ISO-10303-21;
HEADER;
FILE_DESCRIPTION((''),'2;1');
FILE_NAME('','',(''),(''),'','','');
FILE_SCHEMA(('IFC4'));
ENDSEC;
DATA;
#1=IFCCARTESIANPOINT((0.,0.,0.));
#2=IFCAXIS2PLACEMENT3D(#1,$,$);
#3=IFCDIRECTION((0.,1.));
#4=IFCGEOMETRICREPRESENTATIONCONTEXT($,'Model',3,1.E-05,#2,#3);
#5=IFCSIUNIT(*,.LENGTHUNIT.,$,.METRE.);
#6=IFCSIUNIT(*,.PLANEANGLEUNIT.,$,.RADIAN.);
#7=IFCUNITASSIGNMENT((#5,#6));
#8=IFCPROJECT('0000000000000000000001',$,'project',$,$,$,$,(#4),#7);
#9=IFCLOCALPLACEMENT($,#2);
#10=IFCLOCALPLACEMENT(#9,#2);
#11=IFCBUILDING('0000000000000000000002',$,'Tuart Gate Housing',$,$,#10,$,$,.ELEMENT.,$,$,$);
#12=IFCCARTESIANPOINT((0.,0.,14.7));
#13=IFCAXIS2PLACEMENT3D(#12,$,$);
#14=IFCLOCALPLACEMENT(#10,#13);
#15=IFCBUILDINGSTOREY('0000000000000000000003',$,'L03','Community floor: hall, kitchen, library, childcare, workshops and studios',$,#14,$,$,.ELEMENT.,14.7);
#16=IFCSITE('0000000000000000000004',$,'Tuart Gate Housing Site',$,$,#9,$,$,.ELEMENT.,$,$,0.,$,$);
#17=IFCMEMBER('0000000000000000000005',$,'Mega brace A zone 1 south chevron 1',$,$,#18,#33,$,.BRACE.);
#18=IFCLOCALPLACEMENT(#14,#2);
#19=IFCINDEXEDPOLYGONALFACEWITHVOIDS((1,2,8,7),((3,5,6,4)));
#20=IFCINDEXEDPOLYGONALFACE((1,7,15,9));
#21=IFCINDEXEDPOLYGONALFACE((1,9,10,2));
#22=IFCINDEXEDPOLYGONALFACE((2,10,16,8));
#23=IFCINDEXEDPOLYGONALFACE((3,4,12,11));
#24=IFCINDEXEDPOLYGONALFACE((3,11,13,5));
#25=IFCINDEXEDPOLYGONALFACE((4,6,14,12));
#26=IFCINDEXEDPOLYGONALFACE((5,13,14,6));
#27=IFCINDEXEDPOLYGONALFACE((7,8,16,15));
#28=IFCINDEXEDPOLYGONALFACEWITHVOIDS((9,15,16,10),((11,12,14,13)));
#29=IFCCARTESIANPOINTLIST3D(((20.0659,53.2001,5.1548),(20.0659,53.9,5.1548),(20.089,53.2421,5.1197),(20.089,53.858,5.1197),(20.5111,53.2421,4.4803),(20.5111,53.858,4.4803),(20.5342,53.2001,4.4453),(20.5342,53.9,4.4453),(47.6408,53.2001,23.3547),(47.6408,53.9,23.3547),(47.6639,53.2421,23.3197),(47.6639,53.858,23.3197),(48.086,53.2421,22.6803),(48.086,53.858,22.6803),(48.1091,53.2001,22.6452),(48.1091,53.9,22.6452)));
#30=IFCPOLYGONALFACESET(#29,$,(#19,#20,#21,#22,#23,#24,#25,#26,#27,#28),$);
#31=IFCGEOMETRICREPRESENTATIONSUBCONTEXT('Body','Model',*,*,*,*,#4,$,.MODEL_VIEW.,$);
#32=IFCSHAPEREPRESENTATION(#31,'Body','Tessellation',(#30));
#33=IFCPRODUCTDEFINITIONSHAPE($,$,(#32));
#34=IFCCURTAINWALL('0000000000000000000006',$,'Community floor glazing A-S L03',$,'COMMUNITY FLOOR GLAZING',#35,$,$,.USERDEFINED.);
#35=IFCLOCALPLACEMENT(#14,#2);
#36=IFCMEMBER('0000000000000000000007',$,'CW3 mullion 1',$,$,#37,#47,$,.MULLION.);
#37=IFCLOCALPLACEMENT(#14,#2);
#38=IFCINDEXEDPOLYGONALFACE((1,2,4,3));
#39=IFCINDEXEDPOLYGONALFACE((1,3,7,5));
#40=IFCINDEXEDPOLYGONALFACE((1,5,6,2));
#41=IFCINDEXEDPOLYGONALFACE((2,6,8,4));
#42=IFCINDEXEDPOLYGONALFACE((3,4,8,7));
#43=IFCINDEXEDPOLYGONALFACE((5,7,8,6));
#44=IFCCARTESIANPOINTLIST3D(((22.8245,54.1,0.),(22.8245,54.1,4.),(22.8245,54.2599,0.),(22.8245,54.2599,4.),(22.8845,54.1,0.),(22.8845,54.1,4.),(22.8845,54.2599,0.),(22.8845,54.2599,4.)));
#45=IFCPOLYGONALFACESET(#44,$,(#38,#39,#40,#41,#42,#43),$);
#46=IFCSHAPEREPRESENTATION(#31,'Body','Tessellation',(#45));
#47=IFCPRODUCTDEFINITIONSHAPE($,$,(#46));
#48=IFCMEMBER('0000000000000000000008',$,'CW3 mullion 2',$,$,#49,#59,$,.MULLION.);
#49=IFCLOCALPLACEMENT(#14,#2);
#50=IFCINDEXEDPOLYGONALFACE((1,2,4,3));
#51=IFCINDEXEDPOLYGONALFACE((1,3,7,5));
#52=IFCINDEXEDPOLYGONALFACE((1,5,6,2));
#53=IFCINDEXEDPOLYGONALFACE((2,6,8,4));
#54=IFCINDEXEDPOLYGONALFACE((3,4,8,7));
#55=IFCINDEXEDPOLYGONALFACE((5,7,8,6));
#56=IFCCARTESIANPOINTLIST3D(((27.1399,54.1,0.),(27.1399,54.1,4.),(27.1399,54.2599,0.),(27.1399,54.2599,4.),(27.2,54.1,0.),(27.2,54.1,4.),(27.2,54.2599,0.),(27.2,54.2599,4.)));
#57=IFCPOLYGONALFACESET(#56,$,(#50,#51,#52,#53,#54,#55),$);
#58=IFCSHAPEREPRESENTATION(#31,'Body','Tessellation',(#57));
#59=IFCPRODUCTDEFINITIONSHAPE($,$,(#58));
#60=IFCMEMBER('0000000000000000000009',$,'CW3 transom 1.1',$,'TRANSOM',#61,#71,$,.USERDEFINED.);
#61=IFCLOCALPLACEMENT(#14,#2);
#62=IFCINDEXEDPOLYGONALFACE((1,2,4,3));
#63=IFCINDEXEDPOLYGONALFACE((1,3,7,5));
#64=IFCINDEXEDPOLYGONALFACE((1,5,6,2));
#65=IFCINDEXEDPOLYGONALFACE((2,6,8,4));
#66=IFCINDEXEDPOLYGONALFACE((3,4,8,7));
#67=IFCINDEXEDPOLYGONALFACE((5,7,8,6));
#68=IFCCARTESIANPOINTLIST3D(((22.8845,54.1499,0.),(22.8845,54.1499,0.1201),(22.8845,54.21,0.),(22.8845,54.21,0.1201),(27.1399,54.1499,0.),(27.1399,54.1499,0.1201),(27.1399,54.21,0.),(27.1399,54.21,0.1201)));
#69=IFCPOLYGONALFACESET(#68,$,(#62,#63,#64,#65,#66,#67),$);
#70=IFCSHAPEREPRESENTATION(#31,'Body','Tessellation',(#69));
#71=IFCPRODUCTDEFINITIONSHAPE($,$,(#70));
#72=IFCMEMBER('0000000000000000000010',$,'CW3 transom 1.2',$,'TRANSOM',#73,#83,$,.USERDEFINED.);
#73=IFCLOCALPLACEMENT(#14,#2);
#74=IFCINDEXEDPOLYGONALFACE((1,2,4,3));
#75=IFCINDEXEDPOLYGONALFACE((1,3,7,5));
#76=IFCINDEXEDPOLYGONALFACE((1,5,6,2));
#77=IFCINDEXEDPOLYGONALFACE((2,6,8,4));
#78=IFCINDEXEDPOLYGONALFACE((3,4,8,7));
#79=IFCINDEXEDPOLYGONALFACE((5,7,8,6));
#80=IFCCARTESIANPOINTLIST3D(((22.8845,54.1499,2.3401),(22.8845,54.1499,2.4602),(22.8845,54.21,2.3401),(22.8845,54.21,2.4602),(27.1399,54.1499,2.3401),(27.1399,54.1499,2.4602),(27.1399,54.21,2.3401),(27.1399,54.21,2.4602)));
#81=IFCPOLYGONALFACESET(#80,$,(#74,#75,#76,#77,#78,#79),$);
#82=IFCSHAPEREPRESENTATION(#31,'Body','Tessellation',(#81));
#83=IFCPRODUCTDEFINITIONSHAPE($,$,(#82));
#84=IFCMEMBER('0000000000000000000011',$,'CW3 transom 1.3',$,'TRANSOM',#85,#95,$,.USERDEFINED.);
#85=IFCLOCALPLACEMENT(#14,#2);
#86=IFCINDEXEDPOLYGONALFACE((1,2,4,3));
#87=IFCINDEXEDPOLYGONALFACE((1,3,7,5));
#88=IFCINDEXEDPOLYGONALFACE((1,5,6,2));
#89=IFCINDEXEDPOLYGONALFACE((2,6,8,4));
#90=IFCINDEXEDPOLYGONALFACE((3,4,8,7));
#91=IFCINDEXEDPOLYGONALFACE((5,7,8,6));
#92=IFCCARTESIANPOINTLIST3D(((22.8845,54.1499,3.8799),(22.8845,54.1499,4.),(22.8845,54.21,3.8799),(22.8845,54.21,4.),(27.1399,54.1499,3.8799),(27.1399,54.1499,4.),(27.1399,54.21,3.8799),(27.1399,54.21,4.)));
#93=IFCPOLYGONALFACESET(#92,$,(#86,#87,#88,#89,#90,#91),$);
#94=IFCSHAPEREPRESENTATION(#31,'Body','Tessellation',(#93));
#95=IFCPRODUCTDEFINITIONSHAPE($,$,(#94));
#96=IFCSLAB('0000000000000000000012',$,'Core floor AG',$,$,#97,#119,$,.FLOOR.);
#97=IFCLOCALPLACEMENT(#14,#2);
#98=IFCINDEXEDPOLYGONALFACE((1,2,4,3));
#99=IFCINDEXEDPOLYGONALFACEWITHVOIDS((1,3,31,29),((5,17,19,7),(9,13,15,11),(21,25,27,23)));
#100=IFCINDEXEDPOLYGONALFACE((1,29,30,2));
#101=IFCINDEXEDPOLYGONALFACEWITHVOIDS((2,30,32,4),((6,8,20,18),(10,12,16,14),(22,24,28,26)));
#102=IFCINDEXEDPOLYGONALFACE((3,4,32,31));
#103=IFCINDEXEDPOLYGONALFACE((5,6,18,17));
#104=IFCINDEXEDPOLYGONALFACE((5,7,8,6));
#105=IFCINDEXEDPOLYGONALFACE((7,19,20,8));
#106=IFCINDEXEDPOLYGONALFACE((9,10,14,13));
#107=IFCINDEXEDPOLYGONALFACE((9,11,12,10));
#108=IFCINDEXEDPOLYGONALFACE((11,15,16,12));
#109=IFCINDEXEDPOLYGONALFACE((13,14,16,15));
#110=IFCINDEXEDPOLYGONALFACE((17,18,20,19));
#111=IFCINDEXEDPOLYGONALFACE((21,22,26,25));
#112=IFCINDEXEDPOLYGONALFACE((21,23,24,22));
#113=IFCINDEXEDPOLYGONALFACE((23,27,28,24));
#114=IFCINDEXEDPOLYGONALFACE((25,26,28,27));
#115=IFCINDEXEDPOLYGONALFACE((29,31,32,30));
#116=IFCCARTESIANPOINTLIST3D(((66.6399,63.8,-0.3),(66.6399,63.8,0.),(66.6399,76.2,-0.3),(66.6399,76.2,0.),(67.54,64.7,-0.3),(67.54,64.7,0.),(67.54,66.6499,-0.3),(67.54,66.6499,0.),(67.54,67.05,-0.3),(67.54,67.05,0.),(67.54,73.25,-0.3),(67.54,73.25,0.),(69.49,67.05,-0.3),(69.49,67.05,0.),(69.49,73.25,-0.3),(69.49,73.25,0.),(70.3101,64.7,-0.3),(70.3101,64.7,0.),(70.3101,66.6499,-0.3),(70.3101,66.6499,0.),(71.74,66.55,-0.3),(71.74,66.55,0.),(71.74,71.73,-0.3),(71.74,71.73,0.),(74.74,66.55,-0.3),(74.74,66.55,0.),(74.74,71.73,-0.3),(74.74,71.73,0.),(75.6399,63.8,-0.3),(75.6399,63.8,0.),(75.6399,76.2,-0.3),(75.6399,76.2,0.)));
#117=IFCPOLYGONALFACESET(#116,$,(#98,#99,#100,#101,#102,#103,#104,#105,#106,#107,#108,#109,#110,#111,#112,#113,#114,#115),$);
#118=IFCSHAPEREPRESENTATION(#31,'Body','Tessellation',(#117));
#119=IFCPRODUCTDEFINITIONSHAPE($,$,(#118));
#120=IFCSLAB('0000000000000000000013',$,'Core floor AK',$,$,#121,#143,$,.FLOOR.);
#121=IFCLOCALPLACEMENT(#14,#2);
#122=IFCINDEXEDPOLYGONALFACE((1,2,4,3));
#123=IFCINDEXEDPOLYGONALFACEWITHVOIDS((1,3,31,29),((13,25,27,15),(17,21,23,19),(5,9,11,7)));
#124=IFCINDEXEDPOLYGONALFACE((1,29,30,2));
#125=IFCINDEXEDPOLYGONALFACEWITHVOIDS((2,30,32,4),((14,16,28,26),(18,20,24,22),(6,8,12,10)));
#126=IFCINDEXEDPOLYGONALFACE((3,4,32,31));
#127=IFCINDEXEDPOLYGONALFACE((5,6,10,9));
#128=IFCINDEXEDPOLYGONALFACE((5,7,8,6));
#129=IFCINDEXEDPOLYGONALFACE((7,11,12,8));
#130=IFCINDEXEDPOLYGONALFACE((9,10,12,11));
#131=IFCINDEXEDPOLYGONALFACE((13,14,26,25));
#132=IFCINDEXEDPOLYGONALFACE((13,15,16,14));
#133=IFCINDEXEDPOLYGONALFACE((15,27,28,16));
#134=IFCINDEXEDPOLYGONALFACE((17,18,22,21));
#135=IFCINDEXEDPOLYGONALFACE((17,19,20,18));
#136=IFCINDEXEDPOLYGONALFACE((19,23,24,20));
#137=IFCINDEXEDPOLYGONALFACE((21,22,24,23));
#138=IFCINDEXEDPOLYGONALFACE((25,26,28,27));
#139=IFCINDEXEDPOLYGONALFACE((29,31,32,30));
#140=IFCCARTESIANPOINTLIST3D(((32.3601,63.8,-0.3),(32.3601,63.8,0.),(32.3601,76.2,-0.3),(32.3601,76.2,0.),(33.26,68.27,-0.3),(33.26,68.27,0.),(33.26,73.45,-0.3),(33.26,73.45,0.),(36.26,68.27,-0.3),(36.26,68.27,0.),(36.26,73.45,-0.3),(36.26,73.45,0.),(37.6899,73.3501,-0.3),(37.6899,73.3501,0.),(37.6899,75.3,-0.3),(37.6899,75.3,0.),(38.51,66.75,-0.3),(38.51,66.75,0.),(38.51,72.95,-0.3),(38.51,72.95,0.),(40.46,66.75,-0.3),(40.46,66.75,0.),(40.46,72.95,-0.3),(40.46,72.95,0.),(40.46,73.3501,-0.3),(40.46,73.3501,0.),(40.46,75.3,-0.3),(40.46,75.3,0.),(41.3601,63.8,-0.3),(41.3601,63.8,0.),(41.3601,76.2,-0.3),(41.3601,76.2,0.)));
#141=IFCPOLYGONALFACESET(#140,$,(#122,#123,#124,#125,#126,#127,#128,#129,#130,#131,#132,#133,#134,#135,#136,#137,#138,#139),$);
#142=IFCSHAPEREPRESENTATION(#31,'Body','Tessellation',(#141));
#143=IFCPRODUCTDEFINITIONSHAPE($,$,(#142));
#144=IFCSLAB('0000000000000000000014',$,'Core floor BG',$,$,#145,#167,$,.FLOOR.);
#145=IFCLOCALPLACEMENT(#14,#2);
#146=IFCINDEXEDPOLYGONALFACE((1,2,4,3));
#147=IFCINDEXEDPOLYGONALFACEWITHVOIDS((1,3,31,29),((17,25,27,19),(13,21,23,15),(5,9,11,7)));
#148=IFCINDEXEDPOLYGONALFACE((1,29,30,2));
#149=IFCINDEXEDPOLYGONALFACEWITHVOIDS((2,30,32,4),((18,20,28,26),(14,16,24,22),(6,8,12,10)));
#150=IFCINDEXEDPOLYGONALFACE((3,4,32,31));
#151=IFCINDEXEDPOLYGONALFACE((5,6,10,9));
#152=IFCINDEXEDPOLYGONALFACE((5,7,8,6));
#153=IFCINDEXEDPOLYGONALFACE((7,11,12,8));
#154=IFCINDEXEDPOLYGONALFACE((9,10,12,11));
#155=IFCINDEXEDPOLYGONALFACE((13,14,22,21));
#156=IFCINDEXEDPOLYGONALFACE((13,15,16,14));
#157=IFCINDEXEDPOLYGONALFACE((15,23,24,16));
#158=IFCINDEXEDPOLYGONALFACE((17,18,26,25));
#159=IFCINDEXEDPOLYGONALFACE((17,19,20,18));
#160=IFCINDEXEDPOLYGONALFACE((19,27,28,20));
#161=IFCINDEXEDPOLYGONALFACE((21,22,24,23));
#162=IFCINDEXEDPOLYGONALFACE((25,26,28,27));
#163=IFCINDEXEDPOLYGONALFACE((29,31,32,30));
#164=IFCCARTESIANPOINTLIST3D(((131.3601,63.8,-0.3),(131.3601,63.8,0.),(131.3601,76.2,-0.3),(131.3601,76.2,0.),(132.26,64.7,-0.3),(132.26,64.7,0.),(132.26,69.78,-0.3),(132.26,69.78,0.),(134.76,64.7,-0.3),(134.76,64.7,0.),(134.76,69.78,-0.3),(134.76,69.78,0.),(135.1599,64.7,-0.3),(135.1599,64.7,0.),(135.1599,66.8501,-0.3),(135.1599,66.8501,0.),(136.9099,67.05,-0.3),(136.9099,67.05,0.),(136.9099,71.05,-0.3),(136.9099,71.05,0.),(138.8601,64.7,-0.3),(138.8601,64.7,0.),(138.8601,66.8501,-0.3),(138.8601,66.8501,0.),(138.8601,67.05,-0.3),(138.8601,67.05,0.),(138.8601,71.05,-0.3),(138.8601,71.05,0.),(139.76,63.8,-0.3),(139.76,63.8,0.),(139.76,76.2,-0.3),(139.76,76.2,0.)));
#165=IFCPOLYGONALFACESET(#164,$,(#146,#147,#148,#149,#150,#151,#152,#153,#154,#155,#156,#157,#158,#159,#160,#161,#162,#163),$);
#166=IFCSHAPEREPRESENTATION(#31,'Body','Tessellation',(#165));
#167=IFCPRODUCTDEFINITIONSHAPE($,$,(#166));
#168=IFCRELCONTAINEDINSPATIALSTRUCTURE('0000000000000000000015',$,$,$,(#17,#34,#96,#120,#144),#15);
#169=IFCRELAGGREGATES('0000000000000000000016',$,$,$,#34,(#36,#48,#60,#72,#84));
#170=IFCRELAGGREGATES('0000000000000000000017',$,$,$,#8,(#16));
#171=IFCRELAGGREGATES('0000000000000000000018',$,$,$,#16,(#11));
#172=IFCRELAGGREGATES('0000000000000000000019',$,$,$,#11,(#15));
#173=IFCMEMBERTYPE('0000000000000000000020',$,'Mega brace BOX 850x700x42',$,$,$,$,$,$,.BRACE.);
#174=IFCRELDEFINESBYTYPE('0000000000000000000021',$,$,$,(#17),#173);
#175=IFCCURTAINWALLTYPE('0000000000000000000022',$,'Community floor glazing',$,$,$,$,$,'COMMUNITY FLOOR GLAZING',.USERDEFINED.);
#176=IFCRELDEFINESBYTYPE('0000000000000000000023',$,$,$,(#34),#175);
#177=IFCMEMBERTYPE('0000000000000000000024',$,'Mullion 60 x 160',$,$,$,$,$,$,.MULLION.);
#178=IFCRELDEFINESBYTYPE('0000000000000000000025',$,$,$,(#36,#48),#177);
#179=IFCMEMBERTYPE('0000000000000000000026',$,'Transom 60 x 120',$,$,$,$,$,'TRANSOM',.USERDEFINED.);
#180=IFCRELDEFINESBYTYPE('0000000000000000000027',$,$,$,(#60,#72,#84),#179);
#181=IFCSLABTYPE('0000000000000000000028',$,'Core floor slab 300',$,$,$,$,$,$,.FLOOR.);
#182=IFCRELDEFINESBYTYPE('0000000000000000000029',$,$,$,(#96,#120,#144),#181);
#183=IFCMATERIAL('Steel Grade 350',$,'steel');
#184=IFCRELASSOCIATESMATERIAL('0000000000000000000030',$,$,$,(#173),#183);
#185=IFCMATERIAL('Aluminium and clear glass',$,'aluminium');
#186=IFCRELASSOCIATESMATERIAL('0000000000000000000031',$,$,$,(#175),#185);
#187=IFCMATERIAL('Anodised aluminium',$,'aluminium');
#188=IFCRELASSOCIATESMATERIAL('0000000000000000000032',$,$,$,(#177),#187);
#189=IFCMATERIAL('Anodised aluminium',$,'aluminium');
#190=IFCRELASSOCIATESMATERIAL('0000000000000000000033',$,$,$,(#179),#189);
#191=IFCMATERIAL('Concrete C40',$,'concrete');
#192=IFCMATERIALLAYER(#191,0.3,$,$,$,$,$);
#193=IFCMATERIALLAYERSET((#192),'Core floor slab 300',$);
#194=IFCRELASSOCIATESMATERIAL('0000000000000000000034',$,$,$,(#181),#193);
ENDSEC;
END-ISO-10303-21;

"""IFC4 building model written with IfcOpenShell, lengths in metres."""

from ifc_helpers import new_model, si_unit, direction, frame, origin, origin_2d, place, context, subcontext, project, spatial, polyline, rectangle, hollow_rectangle, outline, extrude, material, layer, layer_set, material_profile, profile_set, type_object, element, aggregate, save


model = new_model("IFC4")

# Units and contexts
model_context = context("Model", 3, precision=1e-05, world=origin(), true_north=direction((0.0, 1.0)))
body_context = subcontext(model_context, "Body", "Model", "MODEL_VIEW")
ifc_project = project(units=[si_unit("LENGTHUNIT", "METRE"), si_unit("PLANEANGLEUNIT", "RADIAN")], contexts=[model_context])

# Site, building, storey
site_placement = place(None, origin())
site = spatial("IfcSite", under=ifc_project, at=site_placement, Name="Tuart Gate Housing Site", CompositionType="ELEMENT", RefElevation=0.0)
building_placement = place(site_placement, origin())
building = spatial("IfcBuilding", under=site, at=building_placement, Name="Tuart Gate Housing", CompositionType="ELEMENT")
storey_placement = place(building_placement, frame((0.0, 0.0, 14.7)))
storey = spatial("IfcBuildingStorey", under=building, at=storey_placement, Name="L03", Description="Community floor: hall, kitchen, library, childcare, workshops and studios", CompositionType="ELEMENT", Elevation=14.7)

# Member
ifc_material_1 = material(Name="Steel Grade 350", Category="steel")
ifc_material_profile_1 = material_profile(ifc_material_1, hollow_rectangle(XDim=0.7, YDim=0.8501, WallThickness=0.042, at=origin_2d()), Name="BOX 850x700x42")
ifc_profile_set_1 = profile_set([ifc_material_profile_1], Name="Steel Grade 350")
member_type_1 = type_object("IfcMemberType", Name="Mega brace BOX 850x700x42", PredefinedType="BRACE", material=ifc_profile_set_1)
member_1_placement = place(storey_placement, frame((20.3, 53.55, 4.8), z_axis=(0.834603, 0.0, 0.550852), x_axis=(0.0, 1.0, 0.0)))
element("IfcMember", 1, at=member_1_placement, inside=storey, type_object=member_type_1, Name="Mega brace A zone 1 south chevron 1", PredefinedType="BRACE", context=body_context, shape_type="SweptSolid", body=[
    extrude(hollow_rectangle(XDim=0.7, YDim=0.8501, WallThickness=0.042, at=origin_2d()), origin(), (0.0, 0.0, 1.0), 33.0396),
])

# Curtain wall, members
ifc_material_2 = material(Name="Aluminium and clear glass", Category="aluminium")
curtain_wall_type = type_object("IfcCurtainWallType", Name="Community floor glazing", ElementType="COMMUNITY FLOOR GLAZING", PredefinedType="USERDEFINED", material=ifc_material_2)
curtain_wall_placement = place(storey_placement, origin())
curtain_wall = element("IfcCurtainWall", 2, at=curtain_wall_placement, inside=storey, type_object=curtain_wall_type, Name="Community floor glazing A-S L03", ObjectType="COMMUNITY FLOOR GLAZING", PredefinedType="USERDEFINED")
ifc_material_3 = material(Name="Anodised aluminium", Category="aluminium")
ifc_material_profile_2 = material_profile(ifc_material_3, rectangle(XDim=0.0601, YDim=0.1599, at=origin_2d()), Name="60x160")
ifc_profile_set_2 = profile_set([ifc_material_profile_2], Name="Anodised aluminium")
member_type_2 = type_object("IfcMemberType", Name="Mullion 60 x 160", PredefinedType="MULLION", material=ifc_profile_set_2)
member_2_placement = place(storey_placement, frame((22.8545, 54.1799, 0.0), z_axis=(0.0, 0.0, 1.0), x_axis=(1.0, 0.0, 0.0)))
member_2 = element("IfcMember", 3, at=member_2_placement, type_object=member_type_2, Name="CW3 mullion 1", PredefinedType="MULLION", context=body_context, shape_type="SweptSolid", body=[
    extrude(rectangle(XDim=0.0601, YDim=0.1599, at=origin_2d()), origin(), (0.0, 0.0, 1.0), 4.0),
])
member_3_placement = place(storey_placement, frame((27.1699, 54.1799, 0.0), z_axis=(0.0, 0.0, 1.0), x_axis=(1.0, 0.0, 0.0)))
member_3 = element("IfcMember", 4, at=member_3_placement, type_object=member_type_2, Name="CW3 mullion 2", PredefinedType="MULLION", context=body_context, shape_type="SweptSolid", body=[
    extrude(rectangle(XDim=0.0601, YDim=0.1599, at=origin_2d()), origin(), (0.0, 0.0, 1.0), 4.0),
])
ifc_material_4 = material(Name="Anodised aluminium", Category="aluminium")
ifc_material_profile_3 = material_profile(ifc_material_4, rectangle(XDim=0.0601, YDim=0.1201, at=origin_2d()), Name="60x120")
ifc_profile_set_3 = profile_set([ifc_material_profile_3], Name="Anodised aluminium")
member_type_3 = type_object("IfcMemberType", Name="Transom 60 x 120", ElementType="TRANSOM", PredefinedType="USERDEFINED", material=ifc_profile_set_3)
member_4_placement = place(storey_placement, frame((22.8845, 54.1799, 0.0601), z_axis=(1.0, 0.0, 0.0), x_axis=(0.0, 1.0, 0.0)))
member_4 = element("IfcMember", 5, at=member_4_placement, type_object=member_type_3, Name="CW3 transom 1.1", ObjectType="TRANSOM", PredefinedType="USERDEFINED", context=body_context, shape_type="SweptSolid", body=[
    extrude(rectangle(XDim=0.0601, YDim=0.1201, at=origin_2d()), origin(), (0.0, 0.0, 1.0), 4.2554),
])
member_5_placement = place(storey_placement, frame((22.8845, 54.1799, 2.4001), z_axis=(1.0, 0.0, 0.0), x_axis=(0.0, 1.0, 0.0)))
member_5 = element("IfcMember", 6, at=member_5_placement, type_object=member_type_3, Name="CW3 transom 1.2", ObjectType="TRANSOM", PredefinedType="USERDEFINED", context=body_context, shape_type="SweptSolid", body=[
    extrude(rectangle(XDim=0.0601, YDim=0.1201, at=origin_2d()), origin(), (0.0, 0.0, 1.0), 4.2554),
])
member_6_placement = place(storey_placement, frame((22.8845, 54.1799, 3.9399), z_axis=(1.0, 0.0, 0.0), x_axis=(0.0, 1.0, 0.0)))
member_6 = element("IfcMember", 7, at=member_6_placement, type_object=member_type_3, Name="CW3 transom 1.3", ObjectType="TRANSOM", PredefinedType="USERDEFINED", context=body_context, shape_type="SweptSolid", body=[
    extrude(rectangle(XDim=0.0601, YDim=0.1201, at=origin_2d()), origin(), (0.0, 0.0, 1.0), 4.2554),
])

# Slabs
ifc_material_5 = material(Name="Concrete C40", Category="concrete")
ifc_layer_1 = layer(ifc_material_5, 0.3)
ifc_layer_set_1 = layer_set([ifc_layer_1], Name="Core floor slab 300")
slab_type_1 = type_object("IfcSlabType", Name="Core floor slab 300", PredefinedType="FLOOR", material=ifc_layer_set_1)
slab_1_placement = place(storey_placement, frame((0.0, 0.0, -0.3)))
element("IfcSlab", 8, at=slab_1_placement, inside=storey, type_object=slab_type_1, Name="Core floor AG", PredefinedType="FLOOR", context=body_context, shape_type="SweptSolid", body=[
    extrude(outline(polyline([(66.6399, 63.8), (75.6399, 63.8), (75.6399, 76.2), (66.6399, 76.2), (66.6399, 63.8)]), holes=[polyline([(67.54, 64.7), (70.3101, 64.7), (70.3101, 66.6499), (67.54, 66.6499), (67.54, 64.7)]), polyline([(67.54, 67.05), (69.49, 67.05), (69.49, 73.25), (67.54, 73.25), (67.54, 67.05)]), polyline([(71.74, 66.55), (74.74, 66.55), (74.74, 71.73), (71.74, 71.73), (71.74, 66.55)])]), origin(), (0.0, 0.0, 1.0), 0.3),
])
slab_2_placement = place(storey_placement, frame((0.0, 0.0, -0.3)))
element("IfcSlab", 9, at=slab_2_placement, inside=storey, type_object=slab_type_1, Name="Core floor AK", PredefinedType="FLOOR", context=body_context, shape_type="SweptSolid", body=[
    extrude(outline(polyline([(32.3601, 63.8), (41.3601, 63.8), (41.3601, 76.2), (32.3601, 76.2), (32.3601, 63.8)]), holes=[polyline([(40.46, 75.3), (37.6899, 75.3), (37.6899, 73.3501), (40.46, 73.3501), (40.46, 75.3)]), polyline([(40.46, 72.95), (38.51, 72.95), (38.51, 66.75), (40.46, 66.75), (40.46, 72.95)]), polyline([(36.26, 73.45), (33.26, 73.45), (33.26, 68.27), (36.26, 68.27), (36.26, 73.45)])]), origin(), (0.0, 0.0, 1.0), 0.3),
])
slab_3_placement = place(storey_placement, frame((0.0, 0.0, -0.3)))
element("IfcSlab", 10, at=slab_3_placement, inside=storey, type_object=slab_type_1, Name="Core floor BG", PredefinedType="FLOOR", context=body_context, shape_type="SweptSolid", body=[
    extrude(outline(polyline([(131.3601, 63.8), (139.76, 63.8), (139.76, 76.2), (131.3601, 76.2), (131.3601, 63.8)]), holes=[polyline([(138.8601, 66.8501), (135.1599, 66.8501), (135.1599, 64.7), (138.8601, 64.7), (138.8601, 66.8501)]), polyline([(138.8601, 71.05), (136.9099, 71.05), (136.9099, 67.05), (138.8601, 67.05), (138.8601, 71.05)]), polyline([(134.76, 69.78), (132.26, 69.78), (132.26, 64.7), (134.76, 64.7), (134.76, 69.78)])]), origin(), (0.0, 0.0, 1.0), 0.3),
])

aggregate(curtain_wall, [member_2, member_3, member_4, member_5, member_6])

save(model, "model.ifc")
